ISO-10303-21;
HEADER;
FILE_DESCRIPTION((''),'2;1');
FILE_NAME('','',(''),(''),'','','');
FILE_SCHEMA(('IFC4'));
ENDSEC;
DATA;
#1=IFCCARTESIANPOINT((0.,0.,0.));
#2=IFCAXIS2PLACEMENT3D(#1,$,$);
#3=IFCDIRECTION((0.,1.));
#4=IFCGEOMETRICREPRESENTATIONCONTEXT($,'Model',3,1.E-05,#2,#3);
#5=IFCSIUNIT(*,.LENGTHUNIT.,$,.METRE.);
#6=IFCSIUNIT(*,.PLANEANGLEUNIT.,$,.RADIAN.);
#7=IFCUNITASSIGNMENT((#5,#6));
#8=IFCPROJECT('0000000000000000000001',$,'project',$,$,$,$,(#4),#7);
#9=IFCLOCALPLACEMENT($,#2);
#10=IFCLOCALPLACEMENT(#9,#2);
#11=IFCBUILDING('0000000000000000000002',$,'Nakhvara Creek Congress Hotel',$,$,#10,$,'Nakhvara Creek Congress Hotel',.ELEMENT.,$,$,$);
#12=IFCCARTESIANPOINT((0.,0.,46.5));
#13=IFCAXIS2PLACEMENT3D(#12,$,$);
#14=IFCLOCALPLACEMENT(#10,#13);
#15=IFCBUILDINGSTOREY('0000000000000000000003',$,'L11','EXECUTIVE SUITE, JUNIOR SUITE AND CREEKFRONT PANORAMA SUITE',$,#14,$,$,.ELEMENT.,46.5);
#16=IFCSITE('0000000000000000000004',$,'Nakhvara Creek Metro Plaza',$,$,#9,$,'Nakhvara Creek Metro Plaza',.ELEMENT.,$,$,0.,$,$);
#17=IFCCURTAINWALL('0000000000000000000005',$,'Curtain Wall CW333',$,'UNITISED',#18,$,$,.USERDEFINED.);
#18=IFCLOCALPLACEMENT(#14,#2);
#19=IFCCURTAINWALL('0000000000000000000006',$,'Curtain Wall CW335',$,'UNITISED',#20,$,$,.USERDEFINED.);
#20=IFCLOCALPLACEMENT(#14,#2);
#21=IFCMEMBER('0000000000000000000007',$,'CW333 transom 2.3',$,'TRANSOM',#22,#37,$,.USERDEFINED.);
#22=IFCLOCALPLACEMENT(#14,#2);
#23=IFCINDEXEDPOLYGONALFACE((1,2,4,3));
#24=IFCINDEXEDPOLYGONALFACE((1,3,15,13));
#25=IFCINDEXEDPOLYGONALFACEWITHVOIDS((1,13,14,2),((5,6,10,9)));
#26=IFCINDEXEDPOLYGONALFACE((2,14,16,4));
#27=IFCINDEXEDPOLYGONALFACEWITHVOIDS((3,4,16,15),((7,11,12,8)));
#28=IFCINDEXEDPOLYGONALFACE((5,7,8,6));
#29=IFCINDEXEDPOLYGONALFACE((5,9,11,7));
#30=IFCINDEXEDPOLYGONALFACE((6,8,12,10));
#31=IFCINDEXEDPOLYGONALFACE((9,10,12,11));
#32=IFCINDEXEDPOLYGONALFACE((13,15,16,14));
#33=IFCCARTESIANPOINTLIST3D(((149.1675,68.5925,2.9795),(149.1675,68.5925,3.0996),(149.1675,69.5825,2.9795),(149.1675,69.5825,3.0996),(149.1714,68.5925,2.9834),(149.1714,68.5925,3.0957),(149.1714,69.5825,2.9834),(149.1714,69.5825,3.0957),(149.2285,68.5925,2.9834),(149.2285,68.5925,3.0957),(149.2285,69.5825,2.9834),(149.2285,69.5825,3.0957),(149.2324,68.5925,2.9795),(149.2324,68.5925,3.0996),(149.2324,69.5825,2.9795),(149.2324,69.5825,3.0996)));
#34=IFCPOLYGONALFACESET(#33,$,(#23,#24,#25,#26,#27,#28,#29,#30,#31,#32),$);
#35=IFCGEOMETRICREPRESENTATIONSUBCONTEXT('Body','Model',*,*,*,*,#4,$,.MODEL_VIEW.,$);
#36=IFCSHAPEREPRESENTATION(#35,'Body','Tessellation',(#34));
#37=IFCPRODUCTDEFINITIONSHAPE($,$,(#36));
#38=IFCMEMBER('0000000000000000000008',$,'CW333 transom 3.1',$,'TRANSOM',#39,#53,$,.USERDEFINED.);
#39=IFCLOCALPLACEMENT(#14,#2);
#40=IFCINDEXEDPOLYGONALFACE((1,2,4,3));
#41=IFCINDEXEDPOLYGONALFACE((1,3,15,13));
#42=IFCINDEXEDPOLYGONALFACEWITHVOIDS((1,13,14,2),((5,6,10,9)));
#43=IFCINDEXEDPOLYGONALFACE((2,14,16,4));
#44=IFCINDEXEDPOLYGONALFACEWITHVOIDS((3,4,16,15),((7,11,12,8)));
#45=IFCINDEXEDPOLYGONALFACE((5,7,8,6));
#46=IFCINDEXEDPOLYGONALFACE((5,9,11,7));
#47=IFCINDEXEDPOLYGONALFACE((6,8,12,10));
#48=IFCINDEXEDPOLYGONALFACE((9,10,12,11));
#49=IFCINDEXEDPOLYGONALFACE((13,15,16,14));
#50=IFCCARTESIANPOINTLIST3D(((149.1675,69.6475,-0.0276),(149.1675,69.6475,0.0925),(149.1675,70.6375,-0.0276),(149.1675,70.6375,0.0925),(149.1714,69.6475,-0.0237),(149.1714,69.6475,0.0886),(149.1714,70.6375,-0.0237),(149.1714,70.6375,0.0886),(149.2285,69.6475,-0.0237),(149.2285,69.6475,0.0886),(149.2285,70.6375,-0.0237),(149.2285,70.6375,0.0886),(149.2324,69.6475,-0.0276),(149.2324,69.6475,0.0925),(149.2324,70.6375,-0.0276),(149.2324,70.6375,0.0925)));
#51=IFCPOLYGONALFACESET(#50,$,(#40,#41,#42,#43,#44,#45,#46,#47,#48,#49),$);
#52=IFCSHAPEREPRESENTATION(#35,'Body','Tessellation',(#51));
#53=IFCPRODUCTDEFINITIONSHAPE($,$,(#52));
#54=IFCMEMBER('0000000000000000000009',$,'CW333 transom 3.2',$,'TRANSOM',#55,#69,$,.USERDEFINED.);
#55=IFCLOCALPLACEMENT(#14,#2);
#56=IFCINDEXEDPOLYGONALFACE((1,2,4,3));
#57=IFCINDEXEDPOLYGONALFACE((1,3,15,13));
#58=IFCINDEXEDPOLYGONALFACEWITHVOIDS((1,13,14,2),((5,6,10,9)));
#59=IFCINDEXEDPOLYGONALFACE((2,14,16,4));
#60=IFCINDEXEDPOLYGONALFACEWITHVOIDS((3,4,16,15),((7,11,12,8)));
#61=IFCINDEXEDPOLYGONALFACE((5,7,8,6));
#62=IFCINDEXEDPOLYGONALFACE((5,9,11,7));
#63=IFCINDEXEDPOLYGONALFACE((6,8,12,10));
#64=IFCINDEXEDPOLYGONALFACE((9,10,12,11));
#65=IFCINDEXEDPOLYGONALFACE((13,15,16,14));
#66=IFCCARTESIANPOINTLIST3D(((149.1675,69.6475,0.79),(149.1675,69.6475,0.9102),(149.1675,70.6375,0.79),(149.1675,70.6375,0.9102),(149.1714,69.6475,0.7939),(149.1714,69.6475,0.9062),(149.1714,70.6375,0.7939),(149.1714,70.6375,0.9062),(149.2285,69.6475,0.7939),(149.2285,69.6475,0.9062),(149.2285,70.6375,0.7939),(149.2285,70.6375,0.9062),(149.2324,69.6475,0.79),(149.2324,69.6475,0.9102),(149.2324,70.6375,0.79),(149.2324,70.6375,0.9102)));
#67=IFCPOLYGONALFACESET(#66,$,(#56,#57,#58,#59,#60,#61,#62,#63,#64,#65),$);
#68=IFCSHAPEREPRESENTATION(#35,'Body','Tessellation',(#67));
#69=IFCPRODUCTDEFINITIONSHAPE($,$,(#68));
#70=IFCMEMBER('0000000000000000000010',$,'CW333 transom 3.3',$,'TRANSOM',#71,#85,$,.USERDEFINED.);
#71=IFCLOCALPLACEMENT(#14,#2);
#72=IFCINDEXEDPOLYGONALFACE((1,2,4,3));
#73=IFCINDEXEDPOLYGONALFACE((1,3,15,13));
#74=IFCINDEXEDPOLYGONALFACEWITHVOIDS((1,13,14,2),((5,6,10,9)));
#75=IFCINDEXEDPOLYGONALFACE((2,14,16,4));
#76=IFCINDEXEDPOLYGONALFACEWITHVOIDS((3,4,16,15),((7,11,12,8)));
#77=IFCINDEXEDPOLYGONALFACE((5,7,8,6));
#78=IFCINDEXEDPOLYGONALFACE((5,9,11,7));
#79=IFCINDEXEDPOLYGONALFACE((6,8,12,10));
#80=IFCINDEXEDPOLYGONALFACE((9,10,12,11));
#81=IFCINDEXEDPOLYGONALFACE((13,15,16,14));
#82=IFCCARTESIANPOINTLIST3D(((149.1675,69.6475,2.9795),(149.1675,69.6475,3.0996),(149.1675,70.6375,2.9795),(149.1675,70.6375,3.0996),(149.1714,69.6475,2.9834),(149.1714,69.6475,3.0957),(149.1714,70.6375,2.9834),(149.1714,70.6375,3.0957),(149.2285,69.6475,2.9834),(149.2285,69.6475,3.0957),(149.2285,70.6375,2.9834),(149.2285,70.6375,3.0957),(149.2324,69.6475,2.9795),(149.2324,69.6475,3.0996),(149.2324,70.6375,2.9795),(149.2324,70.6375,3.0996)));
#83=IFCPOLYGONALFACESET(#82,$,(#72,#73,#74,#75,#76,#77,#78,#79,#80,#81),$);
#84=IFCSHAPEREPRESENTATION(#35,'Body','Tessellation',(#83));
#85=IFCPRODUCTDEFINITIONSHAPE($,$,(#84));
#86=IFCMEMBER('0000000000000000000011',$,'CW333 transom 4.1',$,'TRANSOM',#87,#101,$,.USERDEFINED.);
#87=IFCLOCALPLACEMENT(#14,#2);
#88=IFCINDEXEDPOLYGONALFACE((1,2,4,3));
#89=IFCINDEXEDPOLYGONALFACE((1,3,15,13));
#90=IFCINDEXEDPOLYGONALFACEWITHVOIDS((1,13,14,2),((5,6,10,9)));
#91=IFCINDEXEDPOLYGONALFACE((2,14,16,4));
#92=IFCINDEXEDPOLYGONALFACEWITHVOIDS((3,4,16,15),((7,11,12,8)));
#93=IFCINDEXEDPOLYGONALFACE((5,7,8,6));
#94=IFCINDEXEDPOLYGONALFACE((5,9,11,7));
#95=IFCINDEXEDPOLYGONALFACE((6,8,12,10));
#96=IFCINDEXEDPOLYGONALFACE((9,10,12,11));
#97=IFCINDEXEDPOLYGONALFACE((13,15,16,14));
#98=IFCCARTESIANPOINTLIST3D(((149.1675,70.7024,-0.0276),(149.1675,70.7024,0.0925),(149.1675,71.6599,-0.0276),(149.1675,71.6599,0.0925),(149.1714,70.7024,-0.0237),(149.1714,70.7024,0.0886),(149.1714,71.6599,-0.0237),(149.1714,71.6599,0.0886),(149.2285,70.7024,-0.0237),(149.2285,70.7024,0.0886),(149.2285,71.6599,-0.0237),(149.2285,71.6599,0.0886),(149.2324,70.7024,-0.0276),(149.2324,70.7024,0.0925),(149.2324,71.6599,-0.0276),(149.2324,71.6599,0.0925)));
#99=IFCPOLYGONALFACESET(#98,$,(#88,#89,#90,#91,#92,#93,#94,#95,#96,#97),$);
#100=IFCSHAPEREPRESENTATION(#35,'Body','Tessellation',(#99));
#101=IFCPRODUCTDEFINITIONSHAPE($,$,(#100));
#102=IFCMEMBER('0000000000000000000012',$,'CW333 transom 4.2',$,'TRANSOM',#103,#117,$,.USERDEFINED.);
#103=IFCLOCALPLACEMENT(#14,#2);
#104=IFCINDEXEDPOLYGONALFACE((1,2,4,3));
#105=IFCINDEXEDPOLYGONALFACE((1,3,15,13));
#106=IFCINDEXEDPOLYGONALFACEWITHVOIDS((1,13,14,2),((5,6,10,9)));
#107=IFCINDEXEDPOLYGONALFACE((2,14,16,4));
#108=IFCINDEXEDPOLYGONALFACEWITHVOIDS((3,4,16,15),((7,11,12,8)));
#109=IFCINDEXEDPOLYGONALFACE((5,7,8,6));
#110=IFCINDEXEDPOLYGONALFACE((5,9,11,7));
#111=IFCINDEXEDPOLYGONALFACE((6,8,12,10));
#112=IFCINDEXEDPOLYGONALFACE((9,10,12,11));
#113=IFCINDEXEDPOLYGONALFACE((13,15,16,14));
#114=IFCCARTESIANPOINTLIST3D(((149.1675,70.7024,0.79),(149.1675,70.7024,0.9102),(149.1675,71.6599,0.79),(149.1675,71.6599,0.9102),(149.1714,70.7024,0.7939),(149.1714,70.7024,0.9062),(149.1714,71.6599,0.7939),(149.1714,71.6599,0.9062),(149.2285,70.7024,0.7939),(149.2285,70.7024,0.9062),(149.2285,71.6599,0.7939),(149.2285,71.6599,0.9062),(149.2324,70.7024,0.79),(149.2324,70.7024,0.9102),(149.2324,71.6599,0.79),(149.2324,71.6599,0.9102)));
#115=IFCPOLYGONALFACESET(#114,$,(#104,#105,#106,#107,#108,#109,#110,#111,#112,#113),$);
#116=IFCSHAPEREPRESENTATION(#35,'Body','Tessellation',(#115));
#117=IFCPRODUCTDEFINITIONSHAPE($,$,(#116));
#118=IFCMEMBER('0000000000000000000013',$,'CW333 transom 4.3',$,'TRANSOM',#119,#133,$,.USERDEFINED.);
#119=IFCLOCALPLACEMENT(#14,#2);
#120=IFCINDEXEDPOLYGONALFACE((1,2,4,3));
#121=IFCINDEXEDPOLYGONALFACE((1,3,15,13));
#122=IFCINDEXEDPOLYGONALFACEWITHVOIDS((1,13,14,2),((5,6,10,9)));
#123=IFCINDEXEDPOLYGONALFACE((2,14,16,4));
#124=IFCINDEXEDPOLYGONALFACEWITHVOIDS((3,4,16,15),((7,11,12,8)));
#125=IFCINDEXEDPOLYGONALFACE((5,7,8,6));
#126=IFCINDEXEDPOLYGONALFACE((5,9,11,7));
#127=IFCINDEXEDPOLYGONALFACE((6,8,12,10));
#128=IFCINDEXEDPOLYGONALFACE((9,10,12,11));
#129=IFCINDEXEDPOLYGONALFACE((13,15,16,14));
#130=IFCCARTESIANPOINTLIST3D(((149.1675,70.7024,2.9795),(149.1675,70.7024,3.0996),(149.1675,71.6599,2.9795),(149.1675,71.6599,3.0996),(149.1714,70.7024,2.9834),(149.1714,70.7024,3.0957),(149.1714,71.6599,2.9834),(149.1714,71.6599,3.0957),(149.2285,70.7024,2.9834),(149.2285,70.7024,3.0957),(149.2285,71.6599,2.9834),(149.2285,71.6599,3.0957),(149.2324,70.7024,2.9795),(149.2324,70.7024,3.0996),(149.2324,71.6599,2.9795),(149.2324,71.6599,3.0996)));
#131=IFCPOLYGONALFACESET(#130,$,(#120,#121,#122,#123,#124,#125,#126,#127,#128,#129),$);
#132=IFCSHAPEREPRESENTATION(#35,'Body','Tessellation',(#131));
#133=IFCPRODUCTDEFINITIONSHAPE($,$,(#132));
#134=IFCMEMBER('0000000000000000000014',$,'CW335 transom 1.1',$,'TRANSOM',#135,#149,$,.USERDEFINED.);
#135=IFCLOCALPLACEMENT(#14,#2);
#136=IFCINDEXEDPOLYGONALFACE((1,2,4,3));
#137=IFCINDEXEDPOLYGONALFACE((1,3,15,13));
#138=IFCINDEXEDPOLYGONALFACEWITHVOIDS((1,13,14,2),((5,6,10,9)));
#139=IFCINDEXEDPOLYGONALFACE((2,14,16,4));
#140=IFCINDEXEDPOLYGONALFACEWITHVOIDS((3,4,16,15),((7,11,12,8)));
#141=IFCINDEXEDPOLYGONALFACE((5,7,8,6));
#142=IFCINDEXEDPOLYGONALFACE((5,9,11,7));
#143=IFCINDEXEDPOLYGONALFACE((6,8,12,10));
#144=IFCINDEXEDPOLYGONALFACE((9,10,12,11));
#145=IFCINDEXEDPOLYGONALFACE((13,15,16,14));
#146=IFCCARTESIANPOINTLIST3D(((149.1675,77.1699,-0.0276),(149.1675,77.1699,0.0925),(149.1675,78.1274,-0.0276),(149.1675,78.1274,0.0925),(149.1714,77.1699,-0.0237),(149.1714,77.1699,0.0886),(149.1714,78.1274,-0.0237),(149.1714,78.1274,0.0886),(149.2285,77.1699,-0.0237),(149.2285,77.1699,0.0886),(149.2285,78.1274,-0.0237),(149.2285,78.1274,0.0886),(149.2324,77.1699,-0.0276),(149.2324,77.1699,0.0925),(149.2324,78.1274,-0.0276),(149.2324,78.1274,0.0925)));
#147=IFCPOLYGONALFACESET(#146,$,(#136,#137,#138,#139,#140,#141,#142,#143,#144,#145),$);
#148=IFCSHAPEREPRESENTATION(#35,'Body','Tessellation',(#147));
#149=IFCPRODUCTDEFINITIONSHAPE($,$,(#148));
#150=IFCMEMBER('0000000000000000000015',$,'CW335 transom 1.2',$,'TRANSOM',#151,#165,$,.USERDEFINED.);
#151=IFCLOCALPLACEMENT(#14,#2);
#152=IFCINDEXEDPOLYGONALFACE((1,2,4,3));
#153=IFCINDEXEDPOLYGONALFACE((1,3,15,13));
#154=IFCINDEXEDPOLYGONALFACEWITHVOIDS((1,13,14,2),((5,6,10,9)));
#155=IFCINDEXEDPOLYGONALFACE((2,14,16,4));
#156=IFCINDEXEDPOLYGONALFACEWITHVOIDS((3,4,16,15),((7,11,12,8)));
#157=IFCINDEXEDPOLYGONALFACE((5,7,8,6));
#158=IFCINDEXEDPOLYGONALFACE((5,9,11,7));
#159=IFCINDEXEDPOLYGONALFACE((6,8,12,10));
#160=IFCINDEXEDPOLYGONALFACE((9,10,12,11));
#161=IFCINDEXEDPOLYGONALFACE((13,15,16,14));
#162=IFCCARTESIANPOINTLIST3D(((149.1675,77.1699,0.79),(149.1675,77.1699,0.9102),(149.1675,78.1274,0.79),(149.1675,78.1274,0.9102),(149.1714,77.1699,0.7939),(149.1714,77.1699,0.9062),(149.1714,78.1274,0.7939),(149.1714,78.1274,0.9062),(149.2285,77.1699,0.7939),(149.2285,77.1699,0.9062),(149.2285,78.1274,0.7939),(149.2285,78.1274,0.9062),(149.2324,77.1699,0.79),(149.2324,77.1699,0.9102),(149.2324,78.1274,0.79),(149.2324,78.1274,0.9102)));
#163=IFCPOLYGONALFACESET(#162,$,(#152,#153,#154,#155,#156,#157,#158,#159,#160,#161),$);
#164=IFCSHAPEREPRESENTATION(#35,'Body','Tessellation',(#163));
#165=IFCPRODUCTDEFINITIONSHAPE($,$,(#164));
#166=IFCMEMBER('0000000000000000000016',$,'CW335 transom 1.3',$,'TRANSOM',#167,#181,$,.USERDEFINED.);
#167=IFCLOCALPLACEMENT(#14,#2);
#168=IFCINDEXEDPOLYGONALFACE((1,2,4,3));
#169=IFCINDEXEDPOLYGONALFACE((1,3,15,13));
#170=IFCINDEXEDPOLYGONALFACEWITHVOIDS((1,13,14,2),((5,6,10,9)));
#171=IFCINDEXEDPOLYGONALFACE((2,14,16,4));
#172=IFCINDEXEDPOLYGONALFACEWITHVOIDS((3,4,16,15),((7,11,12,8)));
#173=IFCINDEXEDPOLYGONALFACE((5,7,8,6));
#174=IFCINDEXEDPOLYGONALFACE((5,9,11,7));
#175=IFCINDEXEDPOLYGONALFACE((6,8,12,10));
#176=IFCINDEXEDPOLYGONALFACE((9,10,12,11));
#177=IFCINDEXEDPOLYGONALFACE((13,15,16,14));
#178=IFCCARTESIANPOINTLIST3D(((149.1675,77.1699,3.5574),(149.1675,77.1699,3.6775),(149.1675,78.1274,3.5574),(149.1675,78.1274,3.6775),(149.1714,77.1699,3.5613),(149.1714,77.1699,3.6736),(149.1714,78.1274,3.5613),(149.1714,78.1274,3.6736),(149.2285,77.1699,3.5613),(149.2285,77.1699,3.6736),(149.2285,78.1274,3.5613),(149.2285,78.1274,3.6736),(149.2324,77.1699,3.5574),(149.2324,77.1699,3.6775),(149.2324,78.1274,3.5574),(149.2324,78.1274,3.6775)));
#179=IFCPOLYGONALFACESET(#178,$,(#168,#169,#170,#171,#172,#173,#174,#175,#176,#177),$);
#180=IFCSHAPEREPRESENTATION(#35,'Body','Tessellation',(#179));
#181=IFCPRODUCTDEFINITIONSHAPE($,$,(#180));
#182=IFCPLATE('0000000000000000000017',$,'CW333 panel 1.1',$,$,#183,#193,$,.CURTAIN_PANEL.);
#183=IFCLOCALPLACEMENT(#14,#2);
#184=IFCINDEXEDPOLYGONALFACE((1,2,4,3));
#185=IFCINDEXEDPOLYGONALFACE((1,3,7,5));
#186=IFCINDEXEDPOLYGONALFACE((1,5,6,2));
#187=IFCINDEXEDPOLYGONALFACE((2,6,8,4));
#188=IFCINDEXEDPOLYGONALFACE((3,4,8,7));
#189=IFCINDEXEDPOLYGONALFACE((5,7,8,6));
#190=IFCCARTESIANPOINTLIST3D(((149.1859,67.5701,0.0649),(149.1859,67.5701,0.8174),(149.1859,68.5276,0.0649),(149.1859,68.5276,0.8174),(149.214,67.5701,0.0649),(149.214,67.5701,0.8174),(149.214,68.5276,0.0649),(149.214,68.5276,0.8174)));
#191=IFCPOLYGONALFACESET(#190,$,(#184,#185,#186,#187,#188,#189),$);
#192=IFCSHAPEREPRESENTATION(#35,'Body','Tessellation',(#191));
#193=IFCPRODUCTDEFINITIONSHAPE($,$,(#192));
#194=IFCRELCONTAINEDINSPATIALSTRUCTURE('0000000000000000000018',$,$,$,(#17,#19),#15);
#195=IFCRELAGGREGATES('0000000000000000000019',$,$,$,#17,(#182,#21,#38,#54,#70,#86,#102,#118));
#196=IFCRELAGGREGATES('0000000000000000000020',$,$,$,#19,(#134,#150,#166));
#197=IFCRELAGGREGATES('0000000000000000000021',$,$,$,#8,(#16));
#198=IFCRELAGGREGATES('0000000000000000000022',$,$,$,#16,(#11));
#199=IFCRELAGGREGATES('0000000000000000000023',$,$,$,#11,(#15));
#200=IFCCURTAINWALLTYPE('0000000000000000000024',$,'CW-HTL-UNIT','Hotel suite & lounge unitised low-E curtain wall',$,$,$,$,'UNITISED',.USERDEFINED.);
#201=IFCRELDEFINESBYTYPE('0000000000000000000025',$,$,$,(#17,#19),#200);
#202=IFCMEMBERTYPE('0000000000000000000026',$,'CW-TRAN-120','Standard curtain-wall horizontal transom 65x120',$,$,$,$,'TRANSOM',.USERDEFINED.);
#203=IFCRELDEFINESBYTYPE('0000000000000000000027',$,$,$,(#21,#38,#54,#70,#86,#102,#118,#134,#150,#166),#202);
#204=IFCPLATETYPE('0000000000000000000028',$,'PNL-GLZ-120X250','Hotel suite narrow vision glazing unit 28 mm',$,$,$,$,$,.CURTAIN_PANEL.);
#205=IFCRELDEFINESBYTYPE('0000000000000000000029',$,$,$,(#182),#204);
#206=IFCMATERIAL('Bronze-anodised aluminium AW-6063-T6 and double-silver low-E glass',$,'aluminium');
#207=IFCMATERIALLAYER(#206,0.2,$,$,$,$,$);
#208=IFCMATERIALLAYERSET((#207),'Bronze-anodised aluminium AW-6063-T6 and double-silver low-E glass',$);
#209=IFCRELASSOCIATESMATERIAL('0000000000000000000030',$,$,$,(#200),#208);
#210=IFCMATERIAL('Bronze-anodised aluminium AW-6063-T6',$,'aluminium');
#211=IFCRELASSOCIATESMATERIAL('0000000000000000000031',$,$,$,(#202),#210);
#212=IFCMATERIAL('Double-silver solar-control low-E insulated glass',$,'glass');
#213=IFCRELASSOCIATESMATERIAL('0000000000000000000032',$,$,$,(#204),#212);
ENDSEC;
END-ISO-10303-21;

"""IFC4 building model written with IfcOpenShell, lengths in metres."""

from ifc_helpers import new_model, si_unit, direction, frame, origin, origin_2d, place, context, subcontext, project, spatial, rectangle, hollow_rectangle, extrude, material, layer, layer_set, material_profile, profile_set, type_object, element, aggregate, save


model = new_model("IFC4")

# Units and contexts
model_context = context("Model", 3, precision=1e-05, world=origin(), true_north=direction((0.0, 1.0)))
body_context = subcontext(model_context, "Body", "Model", "MODEL_VIEW")
ifc_project = project(units=[si_unit("LENGTHUNIT", "METRE"), si_unit("PLANEANGLEUNIT", "RADIAN")], contexts=[model_context])

# Site, building, storey
site_placement = place(None, origin())
site = spatial("IfcSite", under=ifc_project, at=site_placement, Name="Nakhvara Creek Metro Plaza", LongName="Nakhvara Creek Metro Plaza", CompositionType="ELEMENT", RefElevation=0.0)
building_placement = place(site_placement, origin())
building = spatial("IfcBuilding", under=site, at=building_placement, Name="Nakhvara Creek Congress Hotel", LongName="Nakhvara Creek Congress Hotel", CompositionType="ELEMENT")
storey_placement = place(building_placement, frame((0.0, 0.0, 46.5)))
storey = spatial("IfcBuildingStorey", under=building, at=storey_placement, Name="L11", Description="EXECUTIVE SUITE, JUNIOR SUITE AND CREEKFRONT PANORAMA SUITE", CompositionType="ELEMENT", Elevation=46.5)

# Curtain wall
ifc_material_1 = material(Name="Bronze-anodised aluminium AW-6063-T6 and double-silver low-E glass", Category="aluminium")
ifc_layer = layer(ifc_material_1, 0.2)
ifc_layer_set = layer_set([ifc_layer], Name="Bronze-anodised aluminium AW-6063-T6 and double-silver low-E glass")
curtain_wall_type = type_object("IfcCurtainWallType", Name="CW-HTL-UNIT", Description="Hotel suite & lounge unitised low-E curtain wall", ElementType="UNITISED", PredefinedType="USERDEFINED", material=ifc_layer_set)
curtain_wall_1_placement = place(storey_placement, origin())
curtain_wall_1 = element("IfcCurtainWall", 1, at=curtain_wall_1_placement, inside=storey, type_object=curtain_wall_type, Name="Curtain Wall CW333", ObjectType="UNITISED", PredefinedType="USERDEFINED")
ifc_material_2 = material(Name="Bronze-anodised aluminium AW-6063-T6", Category="aluminium")

# Curtain wall
curtain_wall_2_placement = place(storey_placement, origin())
curtain_wall_2 = element("IfcCurtainWall", 2, at=curtain_wall_2_placement, inside=storey, type_object=curtain_wall_type, Name="Curtain Wall CW335", ObjectType="UNITISED", PredefinedType="USERDEFINED")

# Members
ifc_material_profile_1 = material_profile(ifc_material_2, hollow_rectangle(XDim=0.0649, YDim=0.1201, WallThickness=0.0039, at=origin_2d()), Name="ALU-TRAN 65x120x4", Category="LoadBearing")
ifc_profile_set_1 = profile_set([ifc_material_profile_1], Name="Bronze-anodised aluminium AW-6063-T6")
member_type_1 = type_object("IfcMemberType", Name="CW-TRAN-120", Description="Standard curtain-wall horizontal transom 65x120", ElementType="TRANSOM", PredefinedType="USERDEFINED", material=ifc_profile_set_1)
member_1_placement = place(storey_placement, frame((149.2, 68.5925, 3.0396), z_axis=(0.0, 1.0, 0.0), x_axis=(-1.0, 0.0, 0.0)))
member_1 = element("IfcMember", 3, at=member_1_placement, type_object=member_type_1, Name="CW333 transom 2.3", ObjectType="TRANSOM", PredefinedType="USERDEFINED", context=body_context, shape_type="SweptSolid", body=[
    extrude(hollow_rectangle(XDim=0.0649, YDim=0.1201, WallThickness=0.0039, at=origin_2d()), origin(), (0.0, 0.0, 1.0), 0.99),
])
member_2_placement = place(storey_placement, frame((149.2, 69.6475, 0.0325), z_axis=(0.0, 1.0, 0.0), x_axis=(-1.0, 0.0, 0.0)))
member_2 = element("IfcMember", 4, at=member_2_placement, type_object=member_type_1, Name="CW333 transom 3.1", ObjectType="TRANSOM", PredefinedType="USERDEFINED", context=body_context, shape_type="SweptSolid", body=[
    extrude(hollow_rectangle(XDim=0.0649, YDim=0.1201, WallThickness=0.0039, at=origin_2d()), origin(), (0.0, 0.0, 1.0), 0.99),
])
member_3_placement = place(storey_placement, frame((149.2, 69.6475, 0.8501), z_axis=(0.0, 1.0, 0.0), x_axis=(-1.0, 0.0, 0.0)))
member_3 = element("IfcMember", 5, at=member_3_placement, type_object=member_type_1, Name="CW333 transom 3.2", ObjectType="TRANSOM", PredefinedType="USERDEFINED", context=body_context, shape_type="SweptSolid", body=[
    extrude(hollow_rectangle(XDim=0.0649, YDim=0.1201, WallThickness=0.0039, at=origin_2d()), origin(), (0.0, 0.0, 1.0), 0.99),
])
member_4_placement = place(storey_placement, frame((149.2, 69.6475, 3.0396), z_axis=(0.0, 1.0, 0.0), x_axis=(-1.0, 0.0, 0.0)))
member_4 = element("IfcMember", 6, at=member_4_placement, type_object=member_type_1, Name="CW333 transom 3.3", ObjectType="TRANSOM", PredefinedType="USERDEFINED", context=body_context, shape_type="SweptSolid", body=[
    extrude(hollow_rectangle(XDim=0.0649, YDim=0.1201, WallThickness=0.0039, at=origin_2d()), origin(), (0.0, 0.0, 1.0), 0.99),
])
member_5_placement = place(storey_placement, frame((149.2, 70.7024, 0.0325), z_axis=(0.0, 1.0, 0.0), x_axis=(-1.0, 0.0, 0.0)))
member_5 = element("IfcMember", 7, at=member_5_placement, type_object=member_type_1, Name="CW333 transom 4.1", ObjectType="TRANSOM", PredefinedType="USERDEFINED", context=body_context, shape_type="SweptSolid", body=[
    extrude(hollow_rectangle(XDim=0.0649, YDim=0.1201, WallThickness=0.0039, at=origin_2d()), origin(), (0.0, 0.0, 1.0), 0.9575),
])
member_6_placement = place(storey_placement, frame((149.2, 70.7024, 0.8501), z_axis=(0.0, 1.0, 0.0), x_axis=(-1.0, 0.0, 0.0)))
member_6 = element("IfcMember", 8, at=member_6_placement, type_object=member_type_1, Name="CW333 transom 4.2", ObjectType="TRANSOM", PredefinedType="USERDEFINED", context=body_context, shape_type="SweptSolid", body=[
    extrude(hollow_rectangle(XDim=0.0649, YDim=0.1201, WallThickness=0.0039, at=origin_2d()), origin(), (0.0, 0.0, 1.0), 0.9575),
])
member_7_placement = place(storey_placement, frame((149.2, 70.7024, 3.0396), z_axis=(0.0, 1.0, 0.0), x_axis=(-1.0, 0.0, 0.0)))
member_7 = element("IfcMember", 9, at=member_7_placement, type_object=member_type_1, Name="CW333 transom 4.3", ObjectType="TRANSOM", PredefinedType="USERDEFINED", context=body_context, shape_type="SweptSolid", body=[
    extrude(hollow_rectangle(XDim=0.0649, YDim=0.1201, WallThickness=0.0039, at=origin_2d()), origin(), (0.0, 0.0, 1.0), 0.9575),
])
member_8_placement = place(storey_placement, frame((149.2, 77.1699, 0.0325), z_axis=(0.0, 1.0, 0.0), x_axis=(-1.0, 0.0, 0.0)))
member_8 = element("IfcMember", 10, at=member_8_placement, type_object=member_type_1, Name="CW335 transom 1.1", ObjectType="TRANSOM", PredefinedType="USERDEFINED", context=body_context, shape_type="SweptSolid", body=[
    extrude(hollow_rectangle(XDim=0.0649, YDim=0.1201, WallThickness=0.0039, at=origin_2d()), origin(), (0.0, 0.0, 1.0), 0.9575),
])
member_9_placement = place(storey_placement, frame((149.2, 77.1699, 0.8501), z_axis=(0.0, 1.0, 0.0), x_axis=(-1.0, 0.0, 0.0)))
member_9 = element("IfcMember", 11, at=member_9_placement, type_object=member_type_1, Name="CW335 transom 1.2", ObjectType="TRANSOM", PredefinedType="USERDEFINED", context=body_context, shape_type="SweptSolid", body=[
    extrude(hollow_rectangle(XDim=0.0649, YDim=0.1201, WallThickness=0.0039, at=origin_2d()), origin(), (0.0, 0.0, 1.0), 0.9575),
])
member_10_placement = place(storey_placement, frame((149.2, 77.1699, 3.6174), z_axis=(0.0, 1.0, 0.0), x_axis=(-1.0, 0.0, 0.0)))
member_10 = element("IfcMember", 12, at=member_10_placement, type_object=member_type_1, Name="CW335 transom 1.3", ObjectType="TRANSOM", PredefinedType="USERDEFINED", context=body_context, shape_type="SweptSolid", body=[
    extrude(hollow_rectangle(XDim=0.0649, YDim=0.1201, WallThickness=0.0039, at=origin_2d()), origin(), (0.0, 0.0, 1.0), 0.9575),
])

# Plate
ifc_material_3 = material(Name="Double-silver solar-control low-E insulated glass", Category="glass")
plate_type = type_object("IfcPlateType", Name="PNL-GLZ-120X250", Description="Hotel suite narrow vision glazing unit 28 mm", PredefinedType="CURTAIN_PANEL", material=ifc_material_3)
plate_1_placement = place(storey_placement, frame((149.2, 68.0488, 0.0649), z_axis=(0.0, 0.0, 1.0), x_axis=(0.0, 1.0, 0.0)))
plate_1 = element("IfcPlate", 13, at=plate_1_placement, type_object=plate_type, Name="CW333 panel 1.1", PredefinedType="CURTAIN_PANEL", context=body_context, shape_type="SweptSolid", body=[
    extrude(rectangle(XDim=0.9575, YDim=0.0281, at=origin_2d()), origin(), (0.0, 0.0, 1.0), 0.7524),
])
aggregate(curtain_wall_1, [plate_1, member_1, member_2, member_3, member_4, member_5, member_6, member_7])
aggregate(curtain_wall_2, [member_8, member_9, member_10])

save(model, "model.ifc")
